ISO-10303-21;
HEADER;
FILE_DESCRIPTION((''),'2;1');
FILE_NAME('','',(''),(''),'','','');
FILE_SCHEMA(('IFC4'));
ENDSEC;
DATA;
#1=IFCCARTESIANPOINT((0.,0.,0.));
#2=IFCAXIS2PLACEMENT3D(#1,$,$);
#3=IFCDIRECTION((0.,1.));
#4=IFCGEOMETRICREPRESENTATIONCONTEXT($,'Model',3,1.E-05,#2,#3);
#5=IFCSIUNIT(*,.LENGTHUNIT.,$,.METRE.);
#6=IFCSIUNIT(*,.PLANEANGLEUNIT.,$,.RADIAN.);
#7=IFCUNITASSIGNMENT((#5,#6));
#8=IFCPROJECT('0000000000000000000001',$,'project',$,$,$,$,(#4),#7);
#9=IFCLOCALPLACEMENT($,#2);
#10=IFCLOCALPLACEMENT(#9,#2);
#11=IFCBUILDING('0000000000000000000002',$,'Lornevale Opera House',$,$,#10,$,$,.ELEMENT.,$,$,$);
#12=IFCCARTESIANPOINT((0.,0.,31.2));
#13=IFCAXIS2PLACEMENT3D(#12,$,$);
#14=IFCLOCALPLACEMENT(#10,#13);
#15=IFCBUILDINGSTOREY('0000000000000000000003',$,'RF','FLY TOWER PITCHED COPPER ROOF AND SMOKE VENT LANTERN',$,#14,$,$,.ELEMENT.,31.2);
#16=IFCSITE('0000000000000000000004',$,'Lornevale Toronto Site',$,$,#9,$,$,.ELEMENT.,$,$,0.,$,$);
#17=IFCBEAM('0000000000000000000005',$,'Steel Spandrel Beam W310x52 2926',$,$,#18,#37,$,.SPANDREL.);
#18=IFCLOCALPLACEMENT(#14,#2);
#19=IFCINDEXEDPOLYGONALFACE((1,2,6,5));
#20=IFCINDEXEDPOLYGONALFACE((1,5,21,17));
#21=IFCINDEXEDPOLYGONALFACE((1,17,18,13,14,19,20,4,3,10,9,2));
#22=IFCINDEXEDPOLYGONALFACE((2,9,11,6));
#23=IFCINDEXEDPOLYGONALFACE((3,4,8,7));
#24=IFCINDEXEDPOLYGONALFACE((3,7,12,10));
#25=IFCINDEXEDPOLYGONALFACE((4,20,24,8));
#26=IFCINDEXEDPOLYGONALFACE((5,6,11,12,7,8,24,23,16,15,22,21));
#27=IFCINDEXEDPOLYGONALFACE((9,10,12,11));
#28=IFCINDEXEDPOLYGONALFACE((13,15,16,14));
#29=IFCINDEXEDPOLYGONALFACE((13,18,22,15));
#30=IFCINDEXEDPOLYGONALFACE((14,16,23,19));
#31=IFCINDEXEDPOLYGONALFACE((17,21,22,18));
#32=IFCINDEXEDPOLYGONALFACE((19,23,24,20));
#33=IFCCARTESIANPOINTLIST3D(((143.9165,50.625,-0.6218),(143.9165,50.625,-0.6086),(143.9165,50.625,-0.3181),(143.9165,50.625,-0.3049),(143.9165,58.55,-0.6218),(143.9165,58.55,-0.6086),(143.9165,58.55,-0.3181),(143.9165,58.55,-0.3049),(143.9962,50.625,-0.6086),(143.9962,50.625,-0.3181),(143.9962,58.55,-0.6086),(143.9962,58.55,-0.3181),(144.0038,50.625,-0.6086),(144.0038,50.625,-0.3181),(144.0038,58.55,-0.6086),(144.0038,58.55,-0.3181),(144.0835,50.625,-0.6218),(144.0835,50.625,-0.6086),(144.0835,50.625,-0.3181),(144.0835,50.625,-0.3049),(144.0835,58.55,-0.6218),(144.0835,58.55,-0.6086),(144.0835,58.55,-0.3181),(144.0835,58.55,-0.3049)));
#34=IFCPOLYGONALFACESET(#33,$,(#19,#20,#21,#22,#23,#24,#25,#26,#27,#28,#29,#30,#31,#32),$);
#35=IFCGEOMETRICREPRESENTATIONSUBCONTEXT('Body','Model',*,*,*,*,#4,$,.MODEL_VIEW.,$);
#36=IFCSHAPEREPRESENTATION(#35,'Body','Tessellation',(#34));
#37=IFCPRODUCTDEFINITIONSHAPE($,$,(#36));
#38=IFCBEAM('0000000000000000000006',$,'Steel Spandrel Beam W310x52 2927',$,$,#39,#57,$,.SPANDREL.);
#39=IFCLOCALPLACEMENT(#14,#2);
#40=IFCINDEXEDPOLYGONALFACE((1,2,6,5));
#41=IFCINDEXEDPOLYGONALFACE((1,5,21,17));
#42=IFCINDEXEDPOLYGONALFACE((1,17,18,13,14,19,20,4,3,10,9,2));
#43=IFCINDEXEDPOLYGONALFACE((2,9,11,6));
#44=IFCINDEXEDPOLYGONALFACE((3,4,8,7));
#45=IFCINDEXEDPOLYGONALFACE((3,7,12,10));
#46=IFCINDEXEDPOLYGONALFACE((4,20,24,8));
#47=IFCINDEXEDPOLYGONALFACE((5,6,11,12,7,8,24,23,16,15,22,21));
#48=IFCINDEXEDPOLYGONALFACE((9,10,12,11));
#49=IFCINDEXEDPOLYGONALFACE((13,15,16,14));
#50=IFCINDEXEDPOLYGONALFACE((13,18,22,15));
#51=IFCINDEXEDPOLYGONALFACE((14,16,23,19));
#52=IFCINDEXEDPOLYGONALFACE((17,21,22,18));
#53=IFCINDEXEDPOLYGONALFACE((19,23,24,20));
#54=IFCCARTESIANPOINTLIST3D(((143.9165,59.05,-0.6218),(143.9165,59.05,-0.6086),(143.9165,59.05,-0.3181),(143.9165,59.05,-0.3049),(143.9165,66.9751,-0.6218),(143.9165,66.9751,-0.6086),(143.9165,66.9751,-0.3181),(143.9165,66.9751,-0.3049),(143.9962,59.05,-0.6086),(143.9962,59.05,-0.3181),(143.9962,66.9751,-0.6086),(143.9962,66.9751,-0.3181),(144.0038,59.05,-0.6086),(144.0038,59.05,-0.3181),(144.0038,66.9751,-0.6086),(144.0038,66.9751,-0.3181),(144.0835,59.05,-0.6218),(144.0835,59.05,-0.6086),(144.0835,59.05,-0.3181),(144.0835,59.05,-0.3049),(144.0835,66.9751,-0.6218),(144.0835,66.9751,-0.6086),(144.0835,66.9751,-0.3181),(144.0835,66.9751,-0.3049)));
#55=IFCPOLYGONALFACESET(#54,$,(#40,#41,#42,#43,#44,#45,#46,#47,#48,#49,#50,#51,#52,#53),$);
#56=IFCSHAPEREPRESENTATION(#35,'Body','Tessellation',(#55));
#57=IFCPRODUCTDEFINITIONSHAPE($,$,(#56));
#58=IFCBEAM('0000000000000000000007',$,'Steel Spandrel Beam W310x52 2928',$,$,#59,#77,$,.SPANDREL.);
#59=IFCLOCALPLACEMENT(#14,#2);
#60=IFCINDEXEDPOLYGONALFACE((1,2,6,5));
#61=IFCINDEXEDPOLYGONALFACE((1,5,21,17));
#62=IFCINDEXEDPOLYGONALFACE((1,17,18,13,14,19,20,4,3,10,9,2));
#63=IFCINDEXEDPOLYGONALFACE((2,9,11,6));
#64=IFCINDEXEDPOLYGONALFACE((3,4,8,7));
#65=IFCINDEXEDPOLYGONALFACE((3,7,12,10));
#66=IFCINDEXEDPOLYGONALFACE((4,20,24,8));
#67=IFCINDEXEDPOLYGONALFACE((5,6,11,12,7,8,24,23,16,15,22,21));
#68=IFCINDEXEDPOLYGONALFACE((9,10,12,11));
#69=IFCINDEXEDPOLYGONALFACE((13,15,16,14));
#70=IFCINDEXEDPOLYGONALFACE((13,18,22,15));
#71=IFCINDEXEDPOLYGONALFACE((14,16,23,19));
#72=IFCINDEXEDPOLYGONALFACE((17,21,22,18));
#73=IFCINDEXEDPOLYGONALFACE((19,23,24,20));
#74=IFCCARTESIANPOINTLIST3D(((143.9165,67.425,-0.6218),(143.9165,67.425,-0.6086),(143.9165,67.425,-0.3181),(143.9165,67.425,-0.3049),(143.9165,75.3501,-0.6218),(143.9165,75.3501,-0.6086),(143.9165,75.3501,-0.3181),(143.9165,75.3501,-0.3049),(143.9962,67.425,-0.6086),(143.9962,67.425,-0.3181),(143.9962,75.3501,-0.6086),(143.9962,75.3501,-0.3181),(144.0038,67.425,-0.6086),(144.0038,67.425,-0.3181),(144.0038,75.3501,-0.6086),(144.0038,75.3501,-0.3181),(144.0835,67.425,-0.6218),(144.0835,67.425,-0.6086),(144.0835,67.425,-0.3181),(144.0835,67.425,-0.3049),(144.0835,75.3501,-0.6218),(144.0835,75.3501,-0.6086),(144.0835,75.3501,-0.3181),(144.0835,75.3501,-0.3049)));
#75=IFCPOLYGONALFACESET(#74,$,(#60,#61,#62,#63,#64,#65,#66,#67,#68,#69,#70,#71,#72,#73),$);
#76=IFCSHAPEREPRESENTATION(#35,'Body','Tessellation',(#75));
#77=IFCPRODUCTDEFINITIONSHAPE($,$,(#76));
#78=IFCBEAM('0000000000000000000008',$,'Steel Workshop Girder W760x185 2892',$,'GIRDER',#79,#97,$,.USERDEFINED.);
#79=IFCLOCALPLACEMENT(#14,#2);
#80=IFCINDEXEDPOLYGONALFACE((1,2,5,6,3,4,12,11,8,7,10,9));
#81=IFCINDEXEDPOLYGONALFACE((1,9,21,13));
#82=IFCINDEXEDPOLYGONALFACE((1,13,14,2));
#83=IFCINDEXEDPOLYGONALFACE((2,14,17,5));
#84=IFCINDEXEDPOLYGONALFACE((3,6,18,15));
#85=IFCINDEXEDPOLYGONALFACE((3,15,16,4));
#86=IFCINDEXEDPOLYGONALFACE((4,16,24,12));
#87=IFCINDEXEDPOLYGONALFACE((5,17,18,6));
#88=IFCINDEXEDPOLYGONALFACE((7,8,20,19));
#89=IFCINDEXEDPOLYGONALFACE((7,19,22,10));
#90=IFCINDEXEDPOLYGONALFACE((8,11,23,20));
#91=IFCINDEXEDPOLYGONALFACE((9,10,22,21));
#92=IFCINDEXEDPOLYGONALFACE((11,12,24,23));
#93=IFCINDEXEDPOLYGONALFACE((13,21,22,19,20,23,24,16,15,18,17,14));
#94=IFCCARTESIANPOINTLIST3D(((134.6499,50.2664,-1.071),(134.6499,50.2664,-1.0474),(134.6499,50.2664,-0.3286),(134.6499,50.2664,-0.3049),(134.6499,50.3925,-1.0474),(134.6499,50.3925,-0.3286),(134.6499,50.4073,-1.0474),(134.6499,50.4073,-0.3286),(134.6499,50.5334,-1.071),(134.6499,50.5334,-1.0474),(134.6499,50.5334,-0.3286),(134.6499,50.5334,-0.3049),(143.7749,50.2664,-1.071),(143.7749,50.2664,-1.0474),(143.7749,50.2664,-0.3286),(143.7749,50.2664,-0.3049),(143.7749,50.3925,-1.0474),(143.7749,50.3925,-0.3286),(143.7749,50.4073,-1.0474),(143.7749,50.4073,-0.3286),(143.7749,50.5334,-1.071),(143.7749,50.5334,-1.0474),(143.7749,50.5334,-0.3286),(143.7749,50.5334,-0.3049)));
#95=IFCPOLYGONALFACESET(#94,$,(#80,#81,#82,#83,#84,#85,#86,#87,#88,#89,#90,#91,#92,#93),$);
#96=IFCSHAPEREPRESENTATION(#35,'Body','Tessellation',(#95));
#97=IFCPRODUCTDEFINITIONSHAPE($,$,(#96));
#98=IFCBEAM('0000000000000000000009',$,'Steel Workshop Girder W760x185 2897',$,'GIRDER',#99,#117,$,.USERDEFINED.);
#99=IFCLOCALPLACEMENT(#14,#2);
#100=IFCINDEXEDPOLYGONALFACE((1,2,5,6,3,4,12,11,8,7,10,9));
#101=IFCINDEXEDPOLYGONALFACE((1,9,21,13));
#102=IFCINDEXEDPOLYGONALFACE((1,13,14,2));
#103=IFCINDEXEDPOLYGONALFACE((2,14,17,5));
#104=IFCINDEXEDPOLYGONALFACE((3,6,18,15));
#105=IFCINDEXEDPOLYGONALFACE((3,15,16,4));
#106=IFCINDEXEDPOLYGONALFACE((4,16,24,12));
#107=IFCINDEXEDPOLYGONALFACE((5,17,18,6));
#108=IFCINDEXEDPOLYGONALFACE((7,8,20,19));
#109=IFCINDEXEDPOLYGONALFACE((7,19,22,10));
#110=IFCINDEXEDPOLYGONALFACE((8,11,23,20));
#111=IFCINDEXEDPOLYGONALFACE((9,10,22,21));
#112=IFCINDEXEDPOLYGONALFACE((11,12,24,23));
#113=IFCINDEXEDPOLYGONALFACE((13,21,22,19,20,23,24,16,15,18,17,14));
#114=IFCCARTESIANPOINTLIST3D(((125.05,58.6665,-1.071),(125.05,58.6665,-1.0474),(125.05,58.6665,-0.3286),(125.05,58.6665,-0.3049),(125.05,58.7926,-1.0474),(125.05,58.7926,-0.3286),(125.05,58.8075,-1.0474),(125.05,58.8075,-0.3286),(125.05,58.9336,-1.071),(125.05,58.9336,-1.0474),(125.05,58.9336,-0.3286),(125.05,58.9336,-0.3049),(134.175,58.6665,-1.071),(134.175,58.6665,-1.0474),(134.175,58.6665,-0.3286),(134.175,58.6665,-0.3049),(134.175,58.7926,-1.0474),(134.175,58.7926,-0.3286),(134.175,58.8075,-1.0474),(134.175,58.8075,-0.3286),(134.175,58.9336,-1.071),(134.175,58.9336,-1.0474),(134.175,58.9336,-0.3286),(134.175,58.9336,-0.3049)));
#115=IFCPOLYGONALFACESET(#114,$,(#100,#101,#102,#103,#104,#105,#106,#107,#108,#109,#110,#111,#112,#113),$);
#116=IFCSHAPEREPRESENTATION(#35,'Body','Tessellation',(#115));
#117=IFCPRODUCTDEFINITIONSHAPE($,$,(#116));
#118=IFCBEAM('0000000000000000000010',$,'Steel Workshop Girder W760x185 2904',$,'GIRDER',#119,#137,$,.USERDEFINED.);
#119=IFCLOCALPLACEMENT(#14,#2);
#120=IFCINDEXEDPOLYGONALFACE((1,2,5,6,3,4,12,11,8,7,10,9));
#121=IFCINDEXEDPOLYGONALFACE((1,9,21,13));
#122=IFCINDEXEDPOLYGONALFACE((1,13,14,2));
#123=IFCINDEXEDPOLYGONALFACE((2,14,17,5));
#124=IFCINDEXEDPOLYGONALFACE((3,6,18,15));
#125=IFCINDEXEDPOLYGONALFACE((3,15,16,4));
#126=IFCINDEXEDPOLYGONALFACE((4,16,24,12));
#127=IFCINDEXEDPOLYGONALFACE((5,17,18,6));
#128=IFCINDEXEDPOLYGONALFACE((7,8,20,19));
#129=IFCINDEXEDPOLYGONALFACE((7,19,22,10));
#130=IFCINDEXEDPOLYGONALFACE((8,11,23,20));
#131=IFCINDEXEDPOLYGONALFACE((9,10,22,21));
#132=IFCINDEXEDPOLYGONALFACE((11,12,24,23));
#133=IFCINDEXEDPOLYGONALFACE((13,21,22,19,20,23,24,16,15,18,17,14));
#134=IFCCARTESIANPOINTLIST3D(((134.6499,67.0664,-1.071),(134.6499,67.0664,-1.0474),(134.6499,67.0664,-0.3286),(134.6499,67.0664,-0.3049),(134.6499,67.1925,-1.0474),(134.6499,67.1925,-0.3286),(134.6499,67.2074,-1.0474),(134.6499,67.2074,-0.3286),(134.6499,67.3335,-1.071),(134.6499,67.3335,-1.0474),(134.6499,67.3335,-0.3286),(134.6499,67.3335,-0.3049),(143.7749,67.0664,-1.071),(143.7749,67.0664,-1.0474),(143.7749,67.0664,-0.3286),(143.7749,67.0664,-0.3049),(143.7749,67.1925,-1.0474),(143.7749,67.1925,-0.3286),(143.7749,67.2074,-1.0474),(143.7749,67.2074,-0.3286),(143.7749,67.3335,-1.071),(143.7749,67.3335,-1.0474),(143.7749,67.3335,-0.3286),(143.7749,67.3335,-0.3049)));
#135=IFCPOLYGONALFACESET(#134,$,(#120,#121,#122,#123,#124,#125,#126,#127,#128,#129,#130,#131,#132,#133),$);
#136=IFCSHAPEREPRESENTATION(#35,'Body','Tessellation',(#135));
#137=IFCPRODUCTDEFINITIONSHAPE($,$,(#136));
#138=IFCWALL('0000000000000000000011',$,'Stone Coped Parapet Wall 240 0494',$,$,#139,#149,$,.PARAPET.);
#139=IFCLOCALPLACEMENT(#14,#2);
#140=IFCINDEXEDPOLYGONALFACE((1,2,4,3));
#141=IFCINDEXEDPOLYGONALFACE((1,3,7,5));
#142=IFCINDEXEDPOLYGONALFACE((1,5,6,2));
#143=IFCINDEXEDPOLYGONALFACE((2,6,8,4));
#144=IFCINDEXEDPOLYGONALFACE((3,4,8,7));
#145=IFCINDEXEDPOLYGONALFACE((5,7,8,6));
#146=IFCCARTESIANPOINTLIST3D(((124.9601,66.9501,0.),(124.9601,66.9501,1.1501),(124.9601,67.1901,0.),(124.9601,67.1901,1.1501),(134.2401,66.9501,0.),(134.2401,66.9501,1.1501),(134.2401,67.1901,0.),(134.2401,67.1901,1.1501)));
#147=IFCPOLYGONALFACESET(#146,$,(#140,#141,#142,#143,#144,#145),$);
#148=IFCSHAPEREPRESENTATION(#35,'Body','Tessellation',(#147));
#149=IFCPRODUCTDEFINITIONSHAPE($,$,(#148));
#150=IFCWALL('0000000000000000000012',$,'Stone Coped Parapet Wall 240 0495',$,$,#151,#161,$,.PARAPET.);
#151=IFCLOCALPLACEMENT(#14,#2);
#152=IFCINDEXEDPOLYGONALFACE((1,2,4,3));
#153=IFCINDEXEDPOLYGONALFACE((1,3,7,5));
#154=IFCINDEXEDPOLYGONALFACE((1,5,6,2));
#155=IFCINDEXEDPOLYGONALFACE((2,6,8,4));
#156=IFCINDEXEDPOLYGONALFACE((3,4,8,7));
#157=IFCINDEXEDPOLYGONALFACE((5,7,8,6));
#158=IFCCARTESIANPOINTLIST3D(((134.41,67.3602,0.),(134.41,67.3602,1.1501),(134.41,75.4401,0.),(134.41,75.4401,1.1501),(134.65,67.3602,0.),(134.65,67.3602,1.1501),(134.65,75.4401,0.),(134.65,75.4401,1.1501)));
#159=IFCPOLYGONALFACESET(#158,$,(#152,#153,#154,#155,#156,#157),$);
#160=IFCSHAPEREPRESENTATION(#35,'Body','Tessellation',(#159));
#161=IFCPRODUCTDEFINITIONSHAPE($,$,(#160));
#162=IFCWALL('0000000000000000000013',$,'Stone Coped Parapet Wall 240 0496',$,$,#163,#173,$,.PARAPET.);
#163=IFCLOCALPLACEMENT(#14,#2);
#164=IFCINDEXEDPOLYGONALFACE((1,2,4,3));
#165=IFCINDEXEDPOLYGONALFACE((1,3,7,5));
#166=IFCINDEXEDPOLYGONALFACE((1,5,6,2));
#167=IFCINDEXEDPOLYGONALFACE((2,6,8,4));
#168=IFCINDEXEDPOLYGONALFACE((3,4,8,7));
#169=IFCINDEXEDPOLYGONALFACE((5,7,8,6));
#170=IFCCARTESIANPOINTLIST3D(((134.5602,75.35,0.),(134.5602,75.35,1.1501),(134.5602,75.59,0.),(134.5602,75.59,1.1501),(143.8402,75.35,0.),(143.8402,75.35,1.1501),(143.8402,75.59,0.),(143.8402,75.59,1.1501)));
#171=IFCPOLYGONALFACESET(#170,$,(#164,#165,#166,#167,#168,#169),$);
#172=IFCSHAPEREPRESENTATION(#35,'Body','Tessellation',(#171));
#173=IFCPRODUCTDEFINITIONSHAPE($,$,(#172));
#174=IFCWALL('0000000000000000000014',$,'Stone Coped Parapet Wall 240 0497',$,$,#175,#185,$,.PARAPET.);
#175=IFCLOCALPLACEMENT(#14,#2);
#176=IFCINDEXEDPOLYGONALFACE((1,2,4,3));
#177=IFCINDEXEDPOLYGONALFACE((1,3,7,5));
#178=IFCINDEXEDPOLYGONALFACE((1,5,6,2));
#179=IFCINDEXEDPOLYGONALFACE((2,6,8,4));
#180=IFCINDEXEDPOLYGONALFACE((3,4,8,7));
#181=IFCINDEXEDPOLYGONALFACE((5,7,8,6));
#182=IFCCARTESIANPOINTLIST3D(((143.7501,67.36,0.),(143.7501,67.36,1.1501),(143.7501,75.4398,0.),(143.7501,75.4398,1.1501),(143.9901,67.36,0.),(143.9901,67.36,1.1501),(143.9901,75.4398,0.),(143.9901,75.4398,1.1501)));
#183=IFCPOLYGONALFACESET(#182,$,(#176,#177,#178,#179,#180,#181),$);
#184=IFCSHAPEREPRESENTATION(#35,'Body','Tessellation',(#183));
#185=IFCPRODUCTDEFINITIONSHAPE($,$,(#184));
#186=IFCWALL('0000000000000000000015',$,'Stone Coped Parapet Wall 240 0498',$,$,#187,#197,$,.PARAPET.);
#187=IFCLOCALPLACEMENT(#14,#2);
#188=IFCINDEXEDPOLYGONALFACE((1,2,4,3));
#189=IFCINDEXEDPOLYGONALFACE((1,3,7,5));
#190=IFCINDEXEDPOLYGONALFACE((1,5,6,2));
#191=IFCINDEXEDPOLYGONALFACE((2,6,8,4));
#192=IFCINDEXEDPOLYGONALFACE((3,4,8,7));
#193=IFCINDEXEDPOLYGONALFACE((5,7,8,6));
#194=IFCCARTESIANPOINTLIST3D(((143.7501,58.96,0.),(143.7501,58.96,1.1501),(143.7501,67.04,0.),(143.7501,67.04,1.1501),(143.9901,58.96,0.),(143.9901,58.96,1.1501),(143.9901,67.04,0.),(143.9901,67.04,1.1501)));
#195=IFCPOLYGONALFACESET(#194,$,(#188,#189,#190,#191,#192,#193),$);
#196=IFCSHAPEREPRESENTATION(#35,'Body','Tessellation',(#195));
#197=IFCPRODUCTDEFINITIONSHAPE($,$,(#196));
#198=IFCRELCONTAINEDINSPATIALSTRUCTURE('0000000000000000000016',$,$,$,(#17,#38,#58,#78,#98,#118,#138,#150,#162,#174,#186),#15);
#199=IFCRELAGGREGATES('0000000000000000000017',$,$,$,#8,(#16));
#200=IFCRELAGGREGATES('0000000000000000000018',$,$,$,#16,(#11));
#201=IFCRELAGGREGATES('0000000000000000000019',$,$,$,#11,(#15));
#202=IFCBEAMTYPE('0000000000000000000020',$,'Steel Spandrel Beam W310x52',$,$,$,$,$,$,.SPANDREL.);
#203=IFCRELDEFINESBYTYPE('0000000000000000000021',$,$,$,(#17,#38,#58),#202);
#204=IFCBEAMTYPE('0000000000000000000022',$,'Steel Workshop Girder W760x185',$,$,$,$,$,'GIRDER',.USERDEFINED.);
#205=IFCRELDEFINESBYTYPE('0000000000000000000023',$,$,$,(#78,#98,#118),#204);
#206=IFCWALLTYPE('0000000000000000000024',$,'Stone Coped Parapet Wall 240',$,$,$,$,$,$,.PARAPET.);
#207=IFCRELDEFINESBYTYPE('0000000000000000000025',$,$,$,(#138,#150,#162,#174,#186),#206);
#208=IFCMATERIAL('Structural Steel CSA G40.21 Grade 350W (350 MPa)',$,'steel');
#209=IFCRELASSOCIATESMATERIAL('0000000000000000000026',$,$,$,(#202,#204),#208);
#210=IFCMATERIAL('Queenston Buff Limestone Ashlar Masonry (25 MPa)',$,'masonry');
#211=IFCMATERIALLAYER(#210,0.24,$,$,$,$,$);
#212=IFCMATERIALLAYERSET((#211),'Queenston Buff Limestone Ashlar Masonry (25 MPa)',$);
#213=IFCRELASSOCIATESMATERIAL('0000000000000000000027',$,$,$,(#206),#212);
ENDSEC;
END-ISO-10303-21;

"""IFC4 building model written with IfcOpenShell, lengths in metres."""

from ifc_helpers import new_model, si_unit, direction, frame, frame_2d, origin, origin_2d, place, context, subcontext, project, spatial, rectangle, i_section, extrude, material, layer, layer_set, material_profile, profile_set, type_object, element, save


model = new_model("IFC4")

# Units and contexts
model_context = context("Model", 3, precision=1e-05, world=origin(), true_north=direction((0.0, 1.0)))
body_context = subcontext(model_context, "Body", "Model", "MODEL_VIEW")
ifc_project = project(units=[si_unit("LENGTHUNIT", "METRE"), si_unit("PLANEANGLEUNIT", "RADIAN")], contexts=[model_context])

# Site, building, storey
site_placement = place(None, origin())
site = spatial("IfcSite", under=ifc_project, at=site_placement, Name="Lornevale Toronto Site", CompositionType="ELEMENT", RefElevation=0.0)
building_placement = place(site_placement, origin())
building = spatial("IfcBuilding", under=site, at=building_placement, Name="Lornevale Opera House", CompositionType="ELEMENT")
storey_placement = place(building_placement, frame((0.0, 0.0, 31.2)))
storey = spatial("IfcBuildingStorey", under=building, at=storey_placement, Name="RF", Description="FLY TOWER PITCHED COPPER ROOF AND SMOKE VENT LANTERN", CompositionType="ELEMENT", Elevation=31.2)

# Beams
ifc_material_1 = material(Name="Structural Steel CSA G40.21 Grade 350W (350 MPa)", Category="steel")
ifc_material_profile_1 = material_profile(ifc_material_1, i_section(OverallWidth=0.167, OverallDepth=0.3169, WebThickness=0.0076, FlangeThickness=0.0132, at=origin_2d()), Name="W310x52")
ifc_profile_set_1 = profile_set([ifc_material_profile_1], Name="Structural Steel CSA G40.21 Grade 350W (350 MPa)")
beam_type_1 = type_object("IfcBeamType", Name="Steel Spandrel Beam W310x52", PredefinedType="SPANDREL", material=ifc_profile_set_1)
for number, where, z_axis, x_axis, name in (
    (1, (144.0, 50.625, -0.4634), (0.0, 1.0, 0.0), (-1.0, 0.0, 0.0), "Steel Spandrel Beam W310x52 2926"),
    (2, (144.0, 59.05, -0.4634), (0.0, 1.0, 0.0), (-1.0, 0.0, 0.0), "Steel Spandrel Beam W310x52 2927"),
    (3, (144.0, 67.425, -0.4634), (0.0, 1.0, 0.0), (-1.0, 0.0, 0.0), "Steel Spandrel Beam W310x52 2928"),
):
    element("IfcBeam", number, at=place(storey_placement, frame(where, z_axis=z_axis, x_axis=x_axis)), inside=storey, type_object=beam_type_1, Name=name, PredefinedType="SPANDREL", context=body_context, shape_type="SweptSolid", body=[
        extrude(i_section(OverallWidth=0.167, OverallDepth=0.3169, WebThickness=0.0076, FlangeThickness=0.0132, at=origin_2d()), origin(), (0.0, 0.0, 1.0), 7.925),
    ])
ifc_material_profile_2 = material_profile(ifc_material_1, i_section(OverallWidth=0.2671, OverallDepth=0.7661, WebThickness=0.0149, FlangeThickness=0.0237, at=origin_2d()), Name="W760x185")
ifc_profile_set_2 = profile_set([ifc_material_profile_2], Name="Structural Steel CSA G40.21 Grade 350W (350 MPa)")
beam_type_2 = type_object("IfcBeamType", Name="Steel Workshop Girder W760x185", ElementType="GIRDER", PredefinedType="USERDEFINED", material=ifc_profile_set_2)
for number, where, z_axis, x_axis, name in (
    (4, (134.6499, 50.3999, -0.688), (1.0, 0.0, 0.0), (0.0, 1.0, 0.0), "Steel Workshop Girder W760x185 2892"),
    (5, (125.05, 58.8, -0.688), (1.0, 0.0, 0.0), (0.0, 1.0, 0.0), "Steel Workshop Girder W760x185 2897"),
    (6, (134.6499, 67.2, -0.688), (1.0, 0.0, 0.0), (0.0, 1.0, 0.0), "Steel Workshop Girder W760x185 2904"),
):
    element("IfcBeam", number, at=place(storey_placement, frame(where, z_axis=z_axis, x_axis=x_axis)), inside=storey, type_object=beam_type_2, Name=name, ObjectType="GIRDER", PredefinedType="USERDEFINED", context=body_context, shape_type="SweptSolid", body=[
        extrude(i_section(OverallWidth=0.2671, OverallDepth=0.7661, WebThickness=0.0149, FlangeThickness=0.0237, at=origin_2d()), origin(), (0.0, 0.0, 1.0), 9.125),
    ])

# Walls
ifc_material_2 = material(Name="Queenston Buff Limestone Ashlar Masonry (25 MPa)", Category="masonry")
ifc_layer = layer(ifc_material_2, 0.24)
ifc_layer_set = layer_set([ifc_layer], Name="Queenston Buff Limestone Ashlar Masonry (25 MPa)")
wall_type = type_object("IfcWallType", Name="Stone Coped Parapet Wall 240", PredefinedType="PARAPET", material=ifc_layer_set)
wall_1_placement = place(storey_placement, frame((124.96, 67.0701, 0.0), z_axis=(0.0, 0.0, 1.0), x_axis=(1.0, 0.0, 0.0)))
element("IfcWall", 7, at=wall_1_placement, inside=storey, type_object=wall_type, Name="Stone Coped Parapet Wall 240 0494", PredefinedType="PARAPET", context=body_context, shape_type="SweptSolid", body=[
    extrude(rectangle(XDim=9.28, YDim=0.24, at=frame_2d((4.6401, 0.0))), origin(), (0.0, 0.0, 1.0), 1.1501),
])
wall_2_placement = place(storey_placement, frame((134.53, 67.3601, 0.0), z_axis=(0.0, 0.0, 1.0), x_axis=(0.0, 1.0, 0.0)))
element("IfcWall", 8, at=wall_2_placement, inside=storey, type_object=wall_type, Name="Stone Coped Parapet Wall 240 0495", PredefinedType="PARAPET", context=body_context, shape_type="SweptSolid", body=[
    extrude(rectangle(XDim=8.0798, YDim=0.24, at=frame_2d((4.04, 0.0))), origin(), (0.0, 0.0, 1.0), 1.1501),
])
wall_3_placement = place(storey_placement, frame((134.5601, 75.47, 0.0), z_axis=(0.0, 0.0, 1.0), x_axis=(1.0, 0.0, 0.0)))
element("IfcWall", 9, at=wall_3_placement, inside=storey, type_object=wall_type, Name="Stone Coped Parapet Wall 240 0496", PredefinedType="PARAPET", context=body_context, shape_type="SweptSolid", body=[
    extrude(rectangle(XDim=9.28, YDim=0.24, at=frame_2d((4.6401, 0.0))), origin(), (0.0, 0.0, 1.0), 1.1501),
])
wall_4_placement = place(storey_placement, frame((143.8701, 75.4399, 0.0), z_axis=(0.0, 0.0, 1.0), x_axis=(0.0, -1.0, 0.0)))
element("IfcWall", 10, at=wall_4_placement, inside=storey, type_object=wall_type, Name="Stone Coped Parapet Wall 240 0497", PredefinedType="PARAPET", context=body_context, shape_type="SweptSolid", body=[
    extrude(rectangle(XDim=8.0798, YDim=0.24, at=frame_2d((4.04, 0.0))), origin(), (0.0, 0.0, 1.0), 1.1501),
])
wall_5_placement = place(storey_placement, frame((143.8701, 67.04, 0.0), z_axis=(0.0, 0.0, 1.0), x_axis=(0.0, -1.0, 0.0)))
element("IfcWall", 11, at=wall_5_placement, inside=storey, type_object=wall_type, Name="Stone Coped Parapet Wall 240 0498", PredefinedType="PARAPET", context=body_context, shape_type="SweptSolid", body=[
    extrude(rectangle(XDim=8.0801, YDim=0.24, at=frame_2d((4.04, 0.0))), origin(), (0.0, 0.0, 1.0), 1.1501),
])

save(model, "model.ifc")
